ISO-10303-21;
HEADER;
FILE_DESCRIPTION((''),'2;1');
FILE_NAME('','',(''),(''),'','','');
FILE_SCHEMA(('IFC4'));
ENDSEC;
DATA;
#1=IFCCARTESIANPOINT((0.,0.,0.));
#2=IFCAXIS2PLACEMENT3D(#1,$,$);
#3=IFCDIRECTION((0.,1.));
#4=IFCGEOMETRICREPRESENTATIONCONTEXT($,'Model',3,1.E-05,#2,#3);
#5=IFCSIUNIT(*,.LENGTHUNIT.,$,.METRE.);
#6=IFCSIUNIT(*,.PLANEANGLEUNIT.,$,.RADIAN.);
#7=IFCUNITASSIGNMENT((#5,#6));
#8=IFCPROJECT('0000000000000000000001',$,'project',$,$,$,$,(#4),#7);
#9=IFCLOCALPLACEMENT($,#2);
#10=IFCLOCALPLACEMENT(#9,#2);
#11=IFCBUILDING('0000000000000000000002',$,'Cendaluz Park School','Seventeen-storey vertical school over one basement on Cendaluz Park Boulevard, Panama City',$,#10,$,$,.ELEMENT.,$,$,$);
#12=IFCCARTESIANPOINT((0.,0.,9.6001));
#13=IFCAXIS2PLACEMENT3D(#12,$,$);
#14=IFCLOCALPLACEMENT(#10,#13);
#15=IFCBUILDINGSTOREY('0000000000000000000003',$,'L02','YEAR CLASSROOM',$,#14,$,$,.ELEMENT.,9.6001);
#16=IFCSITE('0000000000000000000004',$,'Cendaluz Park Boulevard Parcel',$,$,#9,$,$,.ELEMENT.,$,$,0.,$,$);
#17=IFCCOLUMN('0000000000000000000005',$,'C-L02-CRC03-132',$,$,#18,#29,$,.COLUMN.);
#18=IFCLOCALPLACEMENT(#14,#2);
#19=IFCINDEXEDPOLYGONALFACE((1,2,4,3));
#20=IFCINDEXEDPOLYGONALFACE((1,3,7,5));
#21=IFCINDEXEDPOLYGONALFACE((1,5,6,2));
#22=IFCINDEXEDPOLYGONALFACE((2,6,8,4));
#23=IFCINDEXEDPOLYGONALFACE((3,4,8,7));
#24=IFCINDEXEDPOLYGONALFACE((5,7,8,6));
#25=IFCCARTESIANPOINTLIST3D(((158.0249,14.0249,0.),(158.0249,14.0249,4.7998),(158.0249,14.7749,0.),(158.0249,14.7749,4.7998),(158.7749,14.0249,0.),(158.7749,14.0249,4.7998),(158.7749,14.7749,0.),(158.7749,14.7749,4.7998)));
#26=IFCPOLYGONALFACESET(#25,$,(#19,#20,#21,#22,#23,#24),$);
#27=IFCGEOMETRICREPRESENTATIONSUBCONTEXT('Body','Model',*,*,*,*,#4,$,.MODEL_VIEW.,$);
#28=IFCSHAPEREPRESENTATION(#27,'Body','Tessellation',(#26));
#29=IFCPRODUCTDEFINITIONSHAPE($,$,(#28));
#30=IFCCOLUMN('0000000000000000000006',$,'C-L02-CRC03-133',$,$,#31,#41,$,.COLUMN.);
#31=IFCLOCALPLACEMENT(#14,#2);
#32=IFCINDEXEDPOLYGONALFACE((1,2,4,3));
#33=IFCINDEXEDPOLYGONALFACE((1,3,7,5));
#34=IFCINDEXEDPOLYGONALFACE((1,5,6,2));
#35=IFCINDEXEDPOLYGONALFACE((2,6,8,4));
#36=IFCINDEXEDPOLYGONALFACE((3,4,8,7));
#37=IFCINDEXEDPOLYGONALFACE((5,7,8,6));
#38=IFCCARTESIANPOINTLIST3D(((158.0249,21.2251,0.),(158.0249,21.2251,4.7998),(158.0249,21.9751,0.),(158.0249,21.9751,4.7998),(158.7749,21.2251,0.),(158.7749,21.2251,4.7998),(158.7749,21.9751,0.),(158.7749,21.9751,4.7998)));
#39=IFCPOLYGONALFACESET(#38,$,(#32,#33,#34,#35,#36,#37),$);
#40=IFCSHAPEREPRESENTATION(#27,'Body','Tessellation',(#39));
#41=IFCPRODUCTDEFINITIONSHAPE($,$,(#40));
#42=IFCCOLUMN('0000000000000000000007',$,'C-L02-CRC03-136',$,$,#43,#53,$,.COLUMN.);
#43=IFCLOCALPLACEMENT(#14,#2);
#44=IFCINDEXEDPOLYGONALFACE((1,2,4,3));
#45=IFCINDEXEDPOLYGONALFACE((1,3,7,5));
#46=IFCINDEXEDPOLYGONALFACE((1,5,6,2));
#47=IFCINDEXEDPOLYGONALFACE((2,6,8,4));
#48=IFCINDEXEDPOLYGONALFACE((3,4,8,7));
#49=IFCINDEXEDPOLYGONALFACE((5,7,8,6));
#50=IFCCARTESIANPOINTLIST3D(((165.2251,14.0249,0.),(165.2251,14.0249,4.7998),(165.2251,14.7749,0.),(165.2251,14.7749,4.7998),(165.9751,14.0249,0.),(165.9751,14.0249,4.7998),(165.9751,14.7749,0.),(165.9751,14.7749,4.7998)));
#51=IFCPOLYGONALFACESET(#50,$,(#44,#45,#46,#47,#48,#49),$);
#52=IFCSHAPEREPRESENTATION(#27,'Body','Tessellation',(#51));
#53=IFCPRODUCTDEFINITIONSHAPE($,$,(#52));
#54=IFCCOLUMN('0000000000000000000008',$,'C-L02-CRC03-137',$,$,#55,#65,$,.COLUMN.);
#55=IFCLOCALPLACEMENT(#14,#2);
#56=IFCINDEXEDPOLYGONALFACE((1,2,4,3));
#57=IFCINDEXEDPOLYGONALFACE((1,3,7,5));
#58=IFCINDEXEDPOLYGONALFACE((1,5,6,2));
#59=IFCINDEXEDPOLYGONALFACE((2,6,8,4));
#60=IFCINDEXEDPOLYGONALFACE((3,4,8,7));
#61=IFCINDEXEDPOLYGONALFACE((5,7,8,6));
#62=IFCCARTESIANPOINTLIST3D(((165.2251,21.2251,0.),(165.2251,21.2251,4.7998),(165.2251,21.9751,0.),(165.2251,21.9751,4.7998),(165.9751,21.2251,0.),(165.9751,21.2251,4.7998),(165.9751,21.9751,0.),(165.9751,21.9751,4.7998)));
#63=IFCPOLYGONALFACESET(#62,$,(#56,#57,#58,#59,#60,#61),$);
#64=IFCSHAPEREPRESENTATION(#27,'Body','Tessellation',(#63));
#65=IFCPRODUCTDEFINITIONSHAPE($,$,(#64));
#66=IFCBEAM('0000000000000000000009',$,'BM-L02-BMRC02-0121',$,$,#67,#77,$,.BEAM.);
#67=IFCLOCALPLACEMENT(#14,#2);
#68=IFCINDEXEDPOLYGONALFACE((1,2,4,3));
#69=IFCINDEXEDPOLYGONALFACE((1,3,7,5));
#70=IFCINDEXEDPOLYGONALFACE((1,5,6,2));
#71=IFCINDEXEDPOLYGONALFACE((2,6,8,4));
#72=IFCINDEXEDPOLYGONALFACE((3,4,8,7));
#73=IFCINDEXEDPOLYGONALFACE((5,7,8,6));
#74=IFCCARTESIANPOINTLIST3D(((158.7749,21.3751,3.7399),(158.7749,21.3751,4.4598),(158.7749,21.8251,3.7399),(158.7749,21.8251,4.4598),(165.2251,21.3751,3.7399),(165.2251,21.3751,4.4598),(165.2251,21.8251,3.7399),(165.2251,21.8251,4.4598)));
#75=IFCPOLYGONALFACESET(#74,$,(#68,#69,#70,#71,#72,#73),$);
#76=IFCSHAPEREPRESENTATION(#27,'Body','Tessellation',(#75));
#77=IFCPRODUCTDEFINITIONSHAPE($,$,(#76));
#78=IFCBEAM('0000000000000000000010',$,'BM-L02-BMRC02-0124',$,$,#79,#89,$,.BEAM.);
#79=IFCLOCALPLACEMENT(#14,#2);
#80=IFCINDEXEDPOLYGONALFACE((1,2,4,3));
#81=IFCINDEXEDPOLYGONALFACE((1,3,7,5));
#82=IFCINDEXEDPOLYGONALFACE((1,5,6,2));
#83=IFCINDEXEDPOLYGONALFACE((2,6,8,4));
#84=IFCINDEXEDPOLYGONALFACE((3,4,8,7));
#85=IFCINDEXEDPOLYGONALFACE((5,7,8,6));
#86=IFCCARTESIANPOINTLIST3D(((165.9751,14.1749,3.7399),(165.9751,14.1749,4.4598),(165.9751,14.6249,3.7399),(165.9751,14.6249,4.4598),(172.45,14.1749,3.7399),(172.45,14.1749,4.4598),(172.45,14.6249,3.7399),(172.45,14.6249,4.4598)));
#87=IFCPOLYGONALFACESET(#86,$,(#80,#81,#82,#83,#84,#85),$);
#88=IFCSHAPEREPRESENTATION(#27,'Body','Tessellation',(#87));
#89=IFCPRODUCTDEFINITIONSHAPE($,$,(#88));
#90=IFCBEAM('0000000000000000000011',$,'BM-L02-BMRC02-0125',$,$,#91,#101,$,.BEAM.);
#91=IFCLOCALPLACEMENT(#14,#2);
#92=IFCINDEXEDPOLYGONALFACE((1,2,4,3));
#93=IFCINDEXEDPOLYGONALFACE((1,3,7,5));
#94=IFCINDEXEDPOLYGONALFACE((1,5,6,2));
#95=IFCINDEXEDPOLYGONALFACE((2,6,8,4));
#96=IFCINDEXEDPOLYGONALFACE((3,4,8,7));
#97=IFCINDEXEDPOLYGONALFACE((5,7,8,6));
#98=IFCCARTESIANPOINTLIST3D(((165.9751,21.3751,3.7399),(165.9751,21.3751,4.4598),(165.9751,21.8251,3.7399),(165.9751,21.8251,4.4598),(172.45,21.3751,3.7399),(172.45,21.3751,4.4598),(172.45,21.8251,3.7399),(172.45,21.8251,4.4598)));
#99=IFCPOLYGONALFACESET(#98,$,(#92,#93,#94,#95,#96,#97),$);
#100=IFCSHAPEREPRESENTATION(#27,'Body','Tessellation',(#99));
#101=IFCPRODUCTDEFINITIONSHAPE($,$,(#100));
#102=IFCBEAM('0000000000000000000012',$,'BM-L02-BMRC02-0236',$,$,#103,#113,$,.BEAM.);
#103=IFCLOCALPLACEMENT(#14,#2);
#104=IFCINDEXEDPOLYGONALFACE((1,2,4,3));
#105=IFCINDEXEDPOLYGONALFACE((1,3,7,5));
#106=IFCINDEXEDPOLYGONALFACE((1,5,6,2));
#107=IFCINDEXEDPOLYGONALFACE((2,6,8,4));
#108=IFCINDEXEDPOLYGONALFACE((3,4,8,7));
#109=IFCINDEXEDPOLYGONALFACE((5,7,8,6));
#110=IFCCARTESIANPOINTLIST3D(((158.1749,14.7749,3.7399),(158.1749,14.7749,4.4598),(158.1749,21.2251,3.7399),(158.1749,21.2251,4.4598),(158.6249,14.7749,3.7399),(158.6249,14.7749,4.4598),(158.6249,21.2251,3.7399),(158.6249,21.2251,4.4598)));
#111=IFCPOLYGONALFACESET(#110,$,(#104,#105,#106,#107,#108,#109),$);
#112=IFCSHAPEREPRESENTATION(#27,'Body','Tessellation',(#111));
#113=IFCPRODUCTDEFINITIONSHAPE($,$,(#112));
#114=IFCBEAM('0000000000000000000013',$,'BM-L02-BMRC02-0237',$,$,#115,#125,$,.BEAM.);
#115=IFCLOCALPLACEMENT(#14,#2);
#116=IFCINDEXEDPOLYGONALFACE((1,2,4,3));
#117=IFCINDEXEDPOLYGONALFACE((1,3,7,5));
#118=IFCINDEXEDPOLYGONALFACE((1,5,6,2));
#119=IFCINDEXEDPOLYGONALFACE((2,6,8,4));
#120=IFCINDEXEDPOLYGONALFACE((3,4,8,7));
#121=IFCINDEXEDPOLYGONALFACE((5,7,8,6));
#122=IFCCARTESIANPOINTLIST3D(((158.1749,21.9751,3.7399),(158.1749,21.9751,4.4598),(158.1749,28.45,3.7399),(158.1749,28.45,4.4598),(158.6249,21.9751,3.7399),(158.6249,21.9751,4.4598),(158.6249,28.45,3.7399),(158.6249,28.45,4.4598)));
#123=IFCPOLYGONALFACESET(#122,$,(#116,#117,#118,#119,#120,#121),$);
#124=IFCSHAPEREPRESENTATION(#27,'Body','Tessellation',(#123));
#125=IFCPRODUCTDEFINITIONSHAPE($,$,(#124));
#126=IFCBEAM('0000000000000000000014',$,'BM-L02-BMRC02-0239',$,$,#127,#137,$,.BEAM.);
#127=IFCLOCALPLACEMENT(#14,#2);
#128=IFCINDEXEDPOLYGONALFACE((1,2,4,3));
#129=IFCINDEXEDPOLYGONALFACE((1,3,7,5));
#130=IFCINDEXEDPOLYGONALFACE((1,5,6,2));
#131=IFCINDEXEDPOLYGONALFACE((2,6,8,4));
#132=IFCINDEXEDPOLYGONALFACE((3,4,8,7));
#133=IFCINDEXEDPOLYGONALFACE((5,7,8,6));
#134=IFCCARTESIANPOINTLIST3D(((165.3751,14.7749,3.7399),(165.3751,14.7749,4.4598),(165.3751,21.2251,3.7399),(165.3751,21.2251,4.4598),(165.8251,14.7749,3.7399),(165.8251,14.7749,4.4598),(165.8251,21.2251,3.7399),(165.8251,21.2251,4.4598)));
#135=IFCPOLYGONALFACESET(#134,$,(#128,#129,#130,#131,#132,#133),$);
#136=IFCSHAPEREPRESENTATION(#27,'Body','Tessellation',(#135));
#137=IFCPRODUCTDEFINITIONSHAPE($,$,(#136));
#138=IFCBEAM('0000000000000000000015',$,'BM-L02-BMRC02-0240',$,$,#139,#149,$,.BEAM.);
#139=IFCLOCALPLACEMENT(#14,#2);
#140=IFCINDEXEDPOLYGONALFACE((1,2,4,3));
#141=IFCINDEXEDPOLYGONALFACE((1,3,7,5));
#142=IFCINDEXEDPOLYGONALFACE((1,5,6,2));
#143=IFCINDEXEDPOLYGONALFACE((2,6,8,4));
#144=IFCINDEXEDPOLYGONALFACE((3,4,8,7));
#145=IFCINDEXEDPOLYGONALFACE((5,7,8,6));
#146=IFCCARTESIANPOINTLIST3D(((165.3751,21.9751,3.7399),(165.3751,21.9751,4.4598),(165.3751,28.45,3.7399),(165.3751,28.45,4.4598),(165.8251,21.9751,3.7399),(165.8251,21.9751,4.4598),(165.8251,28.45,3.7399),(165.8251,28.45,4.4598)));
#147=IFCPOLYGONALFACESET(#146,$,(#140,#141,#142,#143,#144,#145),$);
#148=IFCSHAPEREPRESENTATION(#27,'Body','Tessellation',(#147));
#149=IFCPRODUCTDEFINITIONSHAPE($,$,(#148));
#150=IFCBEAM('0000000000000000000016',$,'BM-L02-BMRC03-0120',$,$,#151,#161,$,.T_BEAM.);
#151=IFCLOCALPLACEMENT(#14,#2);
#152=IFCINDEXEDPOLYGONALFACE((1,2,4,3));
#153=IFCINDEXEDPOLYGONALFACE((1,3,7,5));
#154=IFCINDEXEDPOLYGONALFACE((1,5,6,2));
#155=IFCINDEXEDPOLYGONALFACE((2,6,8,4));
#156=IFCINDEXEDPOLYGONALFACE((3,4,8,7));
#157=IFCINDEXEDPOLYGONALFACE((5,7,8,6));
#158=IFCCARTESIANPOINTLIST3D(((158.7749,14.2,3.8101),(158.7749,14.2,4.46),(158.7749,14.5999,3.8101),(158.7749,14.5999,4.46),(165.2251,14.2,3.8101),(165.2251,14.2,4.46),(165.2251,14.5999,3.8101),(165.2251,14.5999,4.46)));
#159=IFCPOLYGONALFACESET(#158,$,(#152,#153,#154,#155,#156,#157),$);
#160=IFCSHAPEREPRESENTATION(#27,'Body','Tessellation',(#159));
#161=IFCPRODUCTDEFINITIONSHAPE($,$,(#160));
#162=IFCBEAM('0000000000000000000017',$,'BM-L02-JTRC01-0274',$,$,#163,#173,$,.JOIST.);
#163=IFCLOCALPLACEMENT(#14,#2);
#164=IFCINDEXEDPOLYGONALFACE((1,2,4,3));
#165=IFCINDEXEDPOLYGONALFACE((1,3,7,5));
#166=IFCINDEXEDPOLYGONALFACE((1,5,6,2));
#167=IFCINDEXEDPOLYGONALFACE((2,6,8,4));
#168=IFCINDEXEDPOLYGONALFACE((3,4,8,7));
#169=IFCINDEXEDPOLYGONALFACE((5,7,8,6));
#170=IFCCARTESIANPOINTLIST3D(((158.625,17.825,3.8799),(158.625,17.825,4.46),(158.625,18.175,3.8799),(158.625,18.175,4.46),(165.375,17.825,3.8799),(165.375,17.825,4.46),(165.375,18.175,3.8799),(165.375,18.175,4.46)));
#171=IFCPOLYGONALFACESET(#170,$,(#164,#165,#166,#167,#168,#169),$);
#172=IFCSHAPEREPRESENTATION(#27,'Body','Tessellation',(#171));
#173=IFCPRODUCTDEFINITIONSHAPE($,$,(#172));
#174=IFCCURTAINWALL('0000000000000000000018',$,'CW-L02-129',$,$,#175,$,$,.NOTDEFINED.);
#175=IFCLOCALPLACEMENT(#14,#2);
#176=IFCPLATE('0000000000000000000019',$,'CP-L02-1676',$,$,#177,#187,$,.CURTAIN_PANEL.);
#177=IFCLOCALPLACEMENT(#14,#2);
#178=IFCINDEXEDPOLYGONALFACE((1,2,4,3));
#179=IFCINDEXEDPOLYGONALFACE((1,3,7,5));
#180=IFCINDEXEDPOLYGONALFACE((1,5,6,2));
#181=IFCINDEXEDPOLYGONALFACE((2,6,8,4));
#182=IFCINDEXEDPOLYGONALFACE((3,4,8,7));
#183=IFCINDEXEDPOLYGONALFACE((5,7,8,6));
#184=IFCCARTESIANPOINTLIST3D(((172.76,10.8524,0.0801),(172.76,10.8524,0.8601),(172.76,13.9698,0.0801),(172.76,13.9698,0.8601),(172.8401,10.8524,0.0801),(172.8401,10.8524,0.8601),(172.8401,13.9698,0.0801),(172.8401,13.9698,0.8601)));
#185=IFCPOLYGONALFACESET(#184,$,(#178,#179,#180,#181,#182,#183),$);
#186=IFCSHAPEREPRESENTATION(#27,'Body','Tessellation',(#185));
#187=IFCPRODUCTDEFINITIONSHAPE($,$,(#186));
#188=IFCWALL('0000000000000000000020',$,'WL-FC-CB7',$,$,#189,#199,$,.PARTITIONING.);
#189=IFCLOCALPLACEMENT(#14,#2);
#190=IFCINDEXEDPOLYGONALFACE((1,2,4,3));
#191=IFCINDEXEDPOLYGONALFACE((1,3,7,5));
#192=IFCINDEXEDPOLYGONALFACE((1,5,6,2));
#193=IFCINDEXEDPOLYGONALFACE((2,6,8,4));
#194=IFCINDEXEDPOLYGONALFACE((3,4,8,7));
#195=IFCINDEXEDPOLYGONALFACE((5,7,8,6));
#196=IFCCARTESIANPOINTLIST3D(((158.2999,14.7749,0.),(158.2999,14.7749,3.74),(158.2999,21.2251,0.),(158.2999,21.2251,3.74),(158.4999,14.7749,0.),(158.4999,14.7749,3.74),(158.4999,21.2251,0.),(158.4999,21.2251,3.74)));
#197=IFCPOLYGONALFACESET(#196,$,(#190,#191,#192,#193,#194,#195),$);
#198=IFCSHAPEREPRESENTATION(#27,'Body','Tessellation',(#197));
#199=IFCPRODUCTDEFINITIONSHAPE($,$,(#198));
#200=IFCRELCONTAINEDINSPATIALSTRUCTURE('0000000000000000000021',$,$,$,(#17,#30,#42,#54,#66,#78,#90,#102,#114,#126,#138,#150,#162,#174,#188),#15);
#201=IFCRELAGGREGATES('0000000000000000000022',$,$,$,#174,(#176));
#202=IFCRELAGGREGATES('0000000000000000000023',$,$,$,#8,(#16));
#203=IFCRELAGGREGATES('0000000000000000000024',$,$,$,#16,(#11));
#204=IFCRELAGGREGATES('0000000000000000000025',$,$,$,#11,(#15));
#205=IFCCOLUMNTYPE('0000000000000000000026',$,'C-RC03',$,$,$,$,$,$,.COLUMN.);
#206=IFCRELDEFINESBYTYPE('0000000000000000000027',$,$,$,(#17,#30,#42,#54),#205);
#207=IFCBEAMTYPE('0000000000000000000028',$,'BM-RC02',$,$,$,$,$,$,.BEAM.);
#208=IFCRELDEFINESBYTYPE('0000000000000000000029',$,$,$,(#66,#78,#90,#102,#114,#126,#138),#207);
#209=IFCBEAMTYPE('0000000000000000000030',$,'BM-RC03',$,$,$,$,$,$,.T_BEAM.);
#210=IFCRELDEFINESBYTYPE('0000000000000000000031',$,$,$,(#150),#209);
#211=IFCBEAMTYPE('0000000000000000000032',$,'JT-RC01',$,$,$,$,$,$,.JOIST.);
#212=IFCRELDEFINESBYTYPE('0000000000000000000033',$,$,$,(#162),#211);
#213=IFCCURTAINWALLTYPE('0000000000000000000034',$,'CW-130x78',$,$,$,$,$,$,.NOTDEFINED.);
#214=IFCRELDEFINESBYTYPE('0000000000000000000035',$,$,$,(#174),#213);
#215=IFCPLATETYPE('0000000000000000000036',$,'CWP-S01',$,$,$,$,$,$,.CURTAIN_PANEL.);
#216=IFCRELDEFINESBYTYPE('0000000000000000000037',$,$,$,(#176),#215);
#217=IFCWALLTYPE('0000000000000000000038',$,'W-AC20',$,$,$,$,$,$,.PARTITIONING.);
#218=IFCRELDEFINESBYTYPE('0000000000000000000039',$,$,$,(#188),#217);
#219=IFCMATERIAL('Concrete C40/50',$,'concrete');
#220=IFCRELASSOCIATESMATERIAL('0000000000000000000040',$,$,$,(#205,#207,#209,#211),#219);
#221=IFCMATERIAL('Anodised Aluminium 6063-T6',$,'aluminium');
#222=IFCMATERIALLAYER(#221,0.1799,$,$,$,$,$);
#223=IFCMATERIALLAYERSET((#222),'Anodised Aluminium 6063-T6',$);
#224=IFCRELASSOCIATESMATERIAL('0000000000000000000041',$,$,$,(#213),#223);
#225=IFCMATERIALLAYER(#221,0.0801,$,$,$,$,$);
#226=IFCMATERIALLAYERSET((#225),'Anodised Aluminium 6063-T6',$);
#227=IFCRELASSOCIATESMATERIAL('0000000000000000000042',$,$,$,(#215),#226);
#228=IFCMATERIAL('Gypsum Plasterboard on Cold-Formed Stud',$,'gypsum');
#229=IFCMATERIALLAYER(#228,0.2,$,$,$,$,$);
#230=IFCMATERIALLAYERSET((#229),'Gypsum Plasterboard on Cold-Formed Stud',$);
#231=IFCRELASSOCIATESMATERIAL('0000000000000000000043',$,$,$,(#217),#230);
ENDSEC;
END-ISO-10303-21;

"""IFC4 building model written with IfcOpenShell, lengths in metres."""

from ifc_helpers import new_model, si_unit, direction, frame, frame_2d, origin, origin_2d, place, context, subcontext, project, spatial, rectangle, extrude, material, layer, layer_set, material_profile, profile_set, type_object, element, aggregate, save


model = new_model("IFC4")

# Units and contexts
model_context = context("Model", 3, precision=1e-05, world=origin(), true_north=direction((0.0, 1.0)))
body_context = subcontext(model_context, "Body", "Model", "MODEL_VIEW")
ifc_project = project(units=[si_unit("LENGTHUNIT", "METRE"), si_unit("PLANEANGLEUNIT", "RADIAN")], contexts=[model_context])

# Site, building, storey
site_placement = place(None, origin())
site = spatial("IfcSite", under=ifc_project, at=site_placement, Name="Cendaluz Park Boulevard Parcel", CompositionType="ELEMENT", RefElevation=0.0)
building_placement = place(site_placement, origin())
building = spatial("IfcBuilding", under=site, at=building_placement, Name="Cendaluz Park School", Description="Seventeen-storey vertical school over one basement on Cendaluz Park Boulevard, Panama City", CompositionType="ELEMENT")
storey_placement = place(building_placement, frame((0.0, 0.0, 9.6001)))
storey = spatial("IfcBuildingStorey", under=building, at=storey_placement, Name="L02", Description="YEAR CLASSROOM", CompositionType="ELEMENT", Elevation=9.6001)

# Columns
ifc_material_1 = material(Name="Concrete C40/50", Category="concrete")
ifc_material_profile_1 = material_profile(ifc_material_1, rectangle(XDim=0.75, YDim=0.75, at=origin_2d()), Name="RC 750x750", Category="concrete")
ifc_profile_set_1 = profile_set([ifc_material_profile_1], Name="Concrete C40/50")
column_type = type_object("IfcColumnType", Name="C-RC03", PredefinedType="COLUMN", material=ifc_profile_set_1)
for number, where, z_axis, x_axis, name in (
    (1, (158.3999, 14.3999, 0.0), (0.0, 0.0, 1.0), (1.0, 0.0, 0.0), "C-L02-CRC03-132"),
    (2, (158.3999, 21.6001, 0.0), (0.0, 0.0, 1.0), (1.0, 0.0, 0.0), "C-L02-CRC03-133"),
    (3, (165.6001, 14.3999, 0.0), (0.0, 0.0, 1.0), (1.0, 0.0, 0.0), "C-L02-CRC03-136"),
    (4, (165.6001, 21.6001, 0.0), (0.0, 0.0, 1.0), (1.0, 0.0, 0.0), "C-L02-CRC03-137"),
):
    element("IfcColumn", number, at=place(storey_placement, frame(where, z_axis=z_axis, x_axis=x_axis)), inside=storey, type_object=column_type, Name=name, PredefinedType="COLUMN", context=body_context, shape_type="SweptSolid", body=[
        extrude(rectangle(XDim=0.75, YDim=0.75, at=origin_2d()), origin(), (0.0, 0.0, 1.0), 4.7998),
    ])

# Beams
ifc_material_profile_2 = material_profile(ifc_material_1, rectangle(XDim=0.45, YDim=0.72, at=origin_2d()), Name="RC 450x720", Category="concrete")
ifc_profile_set_2 = profile_set([ifc_material_profile_2], Name="Concrete C40/50")
beam_type_1 = type_object("IfcBeamType", Name="BM-RC02", PredefinedType="BEAM", material=ifc_profile_set_2)
beam_1_placement = place(storey_placement, frame((158.7749, 21.6001, 4.0999), z_axis=(1.0, 0.0, 0.0), x_axis=(0.0, 1.0, 0.0)))
element("IfcBeam", 5, at=beam_1_placement, inside=storey, type_object=beam_type_1, Name="BM-L02-BMRC02-0121", PredefinedType="BEAM", context=body_context, shape_type="SweptSolid", body=[
    extrude(rectangle(XDim=0.45, YDim=0.72, at=origin_2d()), origin(), (0.0, 0.0, 1.0), 6.4502),
])
for number, where, z_axis, x_axis, name in (
    (6, (165.9751, 14.3999, 4.0999), (1.0, 0.0, 0.0), (0.0, 1.0, 0.0), "BM-L02-BMRC02-0124"),
    (7, (165.9751, 21.6001, 4.0999), (1.0, 0.0, 0.0), (0.0, 1.0, 0.0), "BM-L02-BMRC02-0125"),
):
    element("IfcBeam", number, at=place(storey_placement, frame(where, z_axis=z_axis, x_axis=x_axis)), inside=storey, type_object=beam_type_1, Name=name, PredefinedType="BEAM", context=body_context, shape_type="SweptSolid", body=[
        extrude(rectangle(XDim=0.45, YDim=0.72, at=origin_2d()), origin(), (0.0, 0.0, 1.0), 6.4749),
    ])
beam_2_placement = place(storey_placement, frame((158.3999, 14.7749, 4.0999), z_axis=(0.0, 1.0, 0.0), x_axis=(-1.0, 0.0, 0.0)))
element("IfcBeam", 8, at=beam_2_placement, inside=storey, type_object=beam_type_1, Name="BM-L02-BMRC02-0236", PredefinedType="BEAM", context=body_context, shape_type="SweptSolid", body=[
    extrude(rectangle(XDim=0.45, YDim=0.72, at=origin_2d()), origin(), (0.0, 0.0, 1.0), 6.4502),
])
beam_3_placement = place(storey_placement, frame((158.3999, 21.9751, 4.0999), z_axis=(0.0, 1.0, 0.0), x_axis=(-1.0, 0.0, 0.0)))
element("IfcBeam", 9, at=beam_3_placement, inside=storey, type_object=beam_type_1, Name="BM-L02-BMRC02-0237", PredefinedType="BEAM", context=body_context, shape_type="SweptSolid", body=[
    extrude(rectangle(XDim=0.45, YDim=0.72, at=origin_2d()), origin(), (0.0, 0.0, 1.0), 6.4749),
])
beam_4_placement = place(storey_placement, frame((165.6001, 14.7749, 4.0999), z_axis=(0.0, 1.0, 0.0), x_axis=(-1.0, 0.0, 0.0)))
element("IfcBeam", 10, at=beam_4_placement, inside=storey, type_object=beam_type_1, Name="BM-L02-BMRC02-0239", PredefinedType="BEAM", context=body_context, shape_type="SweptSolid", body=[
    extrude(rectangle(XDim=0.45, YDim=0.72, at=origin_2d()), origin(), (0.0, 0.0, 1.0), 6.4502),
])
beam_5_placement = place(storey_placement, frame((165.6001, 21.9751, 4.0999), z_axis=(0.0, 1.0, 0.0), x_axis=(-1.0, 0.0, 0.0)))
element("IfcBeam", 11, at=beam_5_placement, inside=storey, type_object=beam_type_1, Name="BM-L02-BMRC02-0240", PredefinedType="BEAM", context=body_context, shape_type="SweptSolid", body=[
    extrude(rectangle(XDim=0.45, YDim=0.72, at=origin_2d()), origin(), (0.0, 0.0, 1.0), 6.4749),
])
ifc_material_profile_3 = material_profile(ifc_material_1, rectangle(XDim=0.3999, YDim=0.6499, at=origin_2d()), Name="RC 400x650", Category="concrete")
ifc_profile_set_3 = profile_set([ifc_material_profile_3], Name="Concrete C40/50")
beam_type_2 = type_object("IfcBeamType", Name="BM-RC03", PredefinedType="T_BEAM", material=ifc_profile_set_3)
beam_6_placement = place(storey_placement, frame((158.7749, 14.3999, 4.135), z_axis=(1.0, 0.0, 0.0), x_axis=(0.0, 1.0, 0.0)))
element("IfcBeam", 12, at=beam_6_placement, inside=storey, type_object=beam_type_2, Name="BM-L02-BMRC03-0120", PredefinedType="T_BEAM", context=body_context, shape_type="SweptSolid", body=[
    extrude(rectangle(XDim=0.3999, YDim=0.6499, at=origin_2d()), origin(), (0.0, 0.0, 1.0), 6.4502),
])
ifc_material_profile_4 = material_profile(ifc_material_1, rectangle(XDim=0.3501, YDim=0.5801, at=origin_2d()), Name="RC 350x580", Category="concrete")
ifc_profile_set_4 = profile_set([ifc_material_profile_4], Name="Concrete C40/50")
beam_type_3 = type_object("IfcBeamType", Name="JT-RC01", PredefinedType="JOIST", material=ifc_profile_set_4)
beam_7_placement = place(storey_placement, frame((158.625, 18.0, 4.1699), z_axis=(1.0, 0.0, 0.0), x_axis=(0.0, 1.0, 0.0)))
element("IfcBeam", 13, at=beam_7_placement, inside=storey, type_object=beam_type_3, Name="BM-L02-JTRC01-0274", PredefinedType="JOIST", context=body_context, shape_type="SweptSolid", body=[
    extrude(rectangle(XDim=0.3501, YDim=0.5801, at=origin_2d()), origin(), (0.0, 0.0, 1.0), 6.75),
])

# Curtain wall, plate
ifc_material_2 = material(Name="Anodised Aluminium 6063-T6", Category="aluminium")
ifc_layer_1 = layer(ifc_material_2, 0.1799)
ifc_layer_set_1 = layer_set([ifc_layer_1], Name="Anodised Aluminium 6063-T6")
curtain_wall_type = type_object("IfcCurtainWallType", Name="CW-130x78", PredefinedType="NOTDEFINED", material=ifc_layer_set_1)
curtain_wall_placement = place(storey_placement, origin())
curtain_wall = element("IfcCurtainWall", 14, at=curtain_wall_placement, inside=storey, type_object=curtain_wall_type, Name="CW-L02-129", PredefinedType="NOTDEFINED")
ifc_layer_2 = layer(ifc_material_2, 0.0801)
ifc_layer_set_2 = layer_set([ifc_layer_2], Name="Anodised Aluminium 6063-T6")
plate_type = type_object("IfcPlateType", Name="CWP-S01", PredefinedType="CURTAIN_PANEL", material=ifc_layer_set_2)
plate_placement = place(storey_placement, frame((172.8, 12.4111, 0.0801), z_axis=(0.0, 0.0, 1.0), x_axis=(0.0, 1.0, 0.0)))
plate = element("IfcPlate", 15, at=plate_placement, type_object=plate_type, Name="CP-L02-1676", PredefinedType="CURTAIN_PANEL", context=body_context, shape_type="SweptSolid", body=[
    extrude(rectangle(XDim=3.1174, YDim=0.0801, at=origin_2d()), origin(), (0.0, 0.0, 1.0), 0.78),
])
aggregate(curtain_wall, [plate])

# Wall
ifc_material_3 = material(Name="Gypsum Plasterboard on Cold-Formed Stud", Category="gypsum")
ifc_layer_3 = layer(ifc_material_3, 0.2)
ifc_layer_set_3 = layer_set([ifc_layer_3], Name="Gypsum Plasterboard on Cold-Formed Stud")
wall_type = type_object("IfcWallType", Name="W-AC20", PredefinedType="PARTITIONING", material=ifc_layer_set_3)
wall_1_placement = place(storey_placement, frame((158.3999, 14.7749, 0.0), z_axis=(0.0, 0.0, 1.0), x_axis=(0.0, 1.0, 0.0)))
element("IfcWall", 16, at=wall_1_placement, inside=storey, type_object=wall_type, Name="WL-FC-CB7", PredefinedType="PARTITIONING", context=body_context, shape_type="SweptSolid", body=[
    extrude(rectangle(XDim=6.4502, YDim=0.2, at=frame_2d((3.2251, 0.0))), origin(), (0.0, 0.0, 1.0), 3.74),
])

save(model, "model.ifc")
